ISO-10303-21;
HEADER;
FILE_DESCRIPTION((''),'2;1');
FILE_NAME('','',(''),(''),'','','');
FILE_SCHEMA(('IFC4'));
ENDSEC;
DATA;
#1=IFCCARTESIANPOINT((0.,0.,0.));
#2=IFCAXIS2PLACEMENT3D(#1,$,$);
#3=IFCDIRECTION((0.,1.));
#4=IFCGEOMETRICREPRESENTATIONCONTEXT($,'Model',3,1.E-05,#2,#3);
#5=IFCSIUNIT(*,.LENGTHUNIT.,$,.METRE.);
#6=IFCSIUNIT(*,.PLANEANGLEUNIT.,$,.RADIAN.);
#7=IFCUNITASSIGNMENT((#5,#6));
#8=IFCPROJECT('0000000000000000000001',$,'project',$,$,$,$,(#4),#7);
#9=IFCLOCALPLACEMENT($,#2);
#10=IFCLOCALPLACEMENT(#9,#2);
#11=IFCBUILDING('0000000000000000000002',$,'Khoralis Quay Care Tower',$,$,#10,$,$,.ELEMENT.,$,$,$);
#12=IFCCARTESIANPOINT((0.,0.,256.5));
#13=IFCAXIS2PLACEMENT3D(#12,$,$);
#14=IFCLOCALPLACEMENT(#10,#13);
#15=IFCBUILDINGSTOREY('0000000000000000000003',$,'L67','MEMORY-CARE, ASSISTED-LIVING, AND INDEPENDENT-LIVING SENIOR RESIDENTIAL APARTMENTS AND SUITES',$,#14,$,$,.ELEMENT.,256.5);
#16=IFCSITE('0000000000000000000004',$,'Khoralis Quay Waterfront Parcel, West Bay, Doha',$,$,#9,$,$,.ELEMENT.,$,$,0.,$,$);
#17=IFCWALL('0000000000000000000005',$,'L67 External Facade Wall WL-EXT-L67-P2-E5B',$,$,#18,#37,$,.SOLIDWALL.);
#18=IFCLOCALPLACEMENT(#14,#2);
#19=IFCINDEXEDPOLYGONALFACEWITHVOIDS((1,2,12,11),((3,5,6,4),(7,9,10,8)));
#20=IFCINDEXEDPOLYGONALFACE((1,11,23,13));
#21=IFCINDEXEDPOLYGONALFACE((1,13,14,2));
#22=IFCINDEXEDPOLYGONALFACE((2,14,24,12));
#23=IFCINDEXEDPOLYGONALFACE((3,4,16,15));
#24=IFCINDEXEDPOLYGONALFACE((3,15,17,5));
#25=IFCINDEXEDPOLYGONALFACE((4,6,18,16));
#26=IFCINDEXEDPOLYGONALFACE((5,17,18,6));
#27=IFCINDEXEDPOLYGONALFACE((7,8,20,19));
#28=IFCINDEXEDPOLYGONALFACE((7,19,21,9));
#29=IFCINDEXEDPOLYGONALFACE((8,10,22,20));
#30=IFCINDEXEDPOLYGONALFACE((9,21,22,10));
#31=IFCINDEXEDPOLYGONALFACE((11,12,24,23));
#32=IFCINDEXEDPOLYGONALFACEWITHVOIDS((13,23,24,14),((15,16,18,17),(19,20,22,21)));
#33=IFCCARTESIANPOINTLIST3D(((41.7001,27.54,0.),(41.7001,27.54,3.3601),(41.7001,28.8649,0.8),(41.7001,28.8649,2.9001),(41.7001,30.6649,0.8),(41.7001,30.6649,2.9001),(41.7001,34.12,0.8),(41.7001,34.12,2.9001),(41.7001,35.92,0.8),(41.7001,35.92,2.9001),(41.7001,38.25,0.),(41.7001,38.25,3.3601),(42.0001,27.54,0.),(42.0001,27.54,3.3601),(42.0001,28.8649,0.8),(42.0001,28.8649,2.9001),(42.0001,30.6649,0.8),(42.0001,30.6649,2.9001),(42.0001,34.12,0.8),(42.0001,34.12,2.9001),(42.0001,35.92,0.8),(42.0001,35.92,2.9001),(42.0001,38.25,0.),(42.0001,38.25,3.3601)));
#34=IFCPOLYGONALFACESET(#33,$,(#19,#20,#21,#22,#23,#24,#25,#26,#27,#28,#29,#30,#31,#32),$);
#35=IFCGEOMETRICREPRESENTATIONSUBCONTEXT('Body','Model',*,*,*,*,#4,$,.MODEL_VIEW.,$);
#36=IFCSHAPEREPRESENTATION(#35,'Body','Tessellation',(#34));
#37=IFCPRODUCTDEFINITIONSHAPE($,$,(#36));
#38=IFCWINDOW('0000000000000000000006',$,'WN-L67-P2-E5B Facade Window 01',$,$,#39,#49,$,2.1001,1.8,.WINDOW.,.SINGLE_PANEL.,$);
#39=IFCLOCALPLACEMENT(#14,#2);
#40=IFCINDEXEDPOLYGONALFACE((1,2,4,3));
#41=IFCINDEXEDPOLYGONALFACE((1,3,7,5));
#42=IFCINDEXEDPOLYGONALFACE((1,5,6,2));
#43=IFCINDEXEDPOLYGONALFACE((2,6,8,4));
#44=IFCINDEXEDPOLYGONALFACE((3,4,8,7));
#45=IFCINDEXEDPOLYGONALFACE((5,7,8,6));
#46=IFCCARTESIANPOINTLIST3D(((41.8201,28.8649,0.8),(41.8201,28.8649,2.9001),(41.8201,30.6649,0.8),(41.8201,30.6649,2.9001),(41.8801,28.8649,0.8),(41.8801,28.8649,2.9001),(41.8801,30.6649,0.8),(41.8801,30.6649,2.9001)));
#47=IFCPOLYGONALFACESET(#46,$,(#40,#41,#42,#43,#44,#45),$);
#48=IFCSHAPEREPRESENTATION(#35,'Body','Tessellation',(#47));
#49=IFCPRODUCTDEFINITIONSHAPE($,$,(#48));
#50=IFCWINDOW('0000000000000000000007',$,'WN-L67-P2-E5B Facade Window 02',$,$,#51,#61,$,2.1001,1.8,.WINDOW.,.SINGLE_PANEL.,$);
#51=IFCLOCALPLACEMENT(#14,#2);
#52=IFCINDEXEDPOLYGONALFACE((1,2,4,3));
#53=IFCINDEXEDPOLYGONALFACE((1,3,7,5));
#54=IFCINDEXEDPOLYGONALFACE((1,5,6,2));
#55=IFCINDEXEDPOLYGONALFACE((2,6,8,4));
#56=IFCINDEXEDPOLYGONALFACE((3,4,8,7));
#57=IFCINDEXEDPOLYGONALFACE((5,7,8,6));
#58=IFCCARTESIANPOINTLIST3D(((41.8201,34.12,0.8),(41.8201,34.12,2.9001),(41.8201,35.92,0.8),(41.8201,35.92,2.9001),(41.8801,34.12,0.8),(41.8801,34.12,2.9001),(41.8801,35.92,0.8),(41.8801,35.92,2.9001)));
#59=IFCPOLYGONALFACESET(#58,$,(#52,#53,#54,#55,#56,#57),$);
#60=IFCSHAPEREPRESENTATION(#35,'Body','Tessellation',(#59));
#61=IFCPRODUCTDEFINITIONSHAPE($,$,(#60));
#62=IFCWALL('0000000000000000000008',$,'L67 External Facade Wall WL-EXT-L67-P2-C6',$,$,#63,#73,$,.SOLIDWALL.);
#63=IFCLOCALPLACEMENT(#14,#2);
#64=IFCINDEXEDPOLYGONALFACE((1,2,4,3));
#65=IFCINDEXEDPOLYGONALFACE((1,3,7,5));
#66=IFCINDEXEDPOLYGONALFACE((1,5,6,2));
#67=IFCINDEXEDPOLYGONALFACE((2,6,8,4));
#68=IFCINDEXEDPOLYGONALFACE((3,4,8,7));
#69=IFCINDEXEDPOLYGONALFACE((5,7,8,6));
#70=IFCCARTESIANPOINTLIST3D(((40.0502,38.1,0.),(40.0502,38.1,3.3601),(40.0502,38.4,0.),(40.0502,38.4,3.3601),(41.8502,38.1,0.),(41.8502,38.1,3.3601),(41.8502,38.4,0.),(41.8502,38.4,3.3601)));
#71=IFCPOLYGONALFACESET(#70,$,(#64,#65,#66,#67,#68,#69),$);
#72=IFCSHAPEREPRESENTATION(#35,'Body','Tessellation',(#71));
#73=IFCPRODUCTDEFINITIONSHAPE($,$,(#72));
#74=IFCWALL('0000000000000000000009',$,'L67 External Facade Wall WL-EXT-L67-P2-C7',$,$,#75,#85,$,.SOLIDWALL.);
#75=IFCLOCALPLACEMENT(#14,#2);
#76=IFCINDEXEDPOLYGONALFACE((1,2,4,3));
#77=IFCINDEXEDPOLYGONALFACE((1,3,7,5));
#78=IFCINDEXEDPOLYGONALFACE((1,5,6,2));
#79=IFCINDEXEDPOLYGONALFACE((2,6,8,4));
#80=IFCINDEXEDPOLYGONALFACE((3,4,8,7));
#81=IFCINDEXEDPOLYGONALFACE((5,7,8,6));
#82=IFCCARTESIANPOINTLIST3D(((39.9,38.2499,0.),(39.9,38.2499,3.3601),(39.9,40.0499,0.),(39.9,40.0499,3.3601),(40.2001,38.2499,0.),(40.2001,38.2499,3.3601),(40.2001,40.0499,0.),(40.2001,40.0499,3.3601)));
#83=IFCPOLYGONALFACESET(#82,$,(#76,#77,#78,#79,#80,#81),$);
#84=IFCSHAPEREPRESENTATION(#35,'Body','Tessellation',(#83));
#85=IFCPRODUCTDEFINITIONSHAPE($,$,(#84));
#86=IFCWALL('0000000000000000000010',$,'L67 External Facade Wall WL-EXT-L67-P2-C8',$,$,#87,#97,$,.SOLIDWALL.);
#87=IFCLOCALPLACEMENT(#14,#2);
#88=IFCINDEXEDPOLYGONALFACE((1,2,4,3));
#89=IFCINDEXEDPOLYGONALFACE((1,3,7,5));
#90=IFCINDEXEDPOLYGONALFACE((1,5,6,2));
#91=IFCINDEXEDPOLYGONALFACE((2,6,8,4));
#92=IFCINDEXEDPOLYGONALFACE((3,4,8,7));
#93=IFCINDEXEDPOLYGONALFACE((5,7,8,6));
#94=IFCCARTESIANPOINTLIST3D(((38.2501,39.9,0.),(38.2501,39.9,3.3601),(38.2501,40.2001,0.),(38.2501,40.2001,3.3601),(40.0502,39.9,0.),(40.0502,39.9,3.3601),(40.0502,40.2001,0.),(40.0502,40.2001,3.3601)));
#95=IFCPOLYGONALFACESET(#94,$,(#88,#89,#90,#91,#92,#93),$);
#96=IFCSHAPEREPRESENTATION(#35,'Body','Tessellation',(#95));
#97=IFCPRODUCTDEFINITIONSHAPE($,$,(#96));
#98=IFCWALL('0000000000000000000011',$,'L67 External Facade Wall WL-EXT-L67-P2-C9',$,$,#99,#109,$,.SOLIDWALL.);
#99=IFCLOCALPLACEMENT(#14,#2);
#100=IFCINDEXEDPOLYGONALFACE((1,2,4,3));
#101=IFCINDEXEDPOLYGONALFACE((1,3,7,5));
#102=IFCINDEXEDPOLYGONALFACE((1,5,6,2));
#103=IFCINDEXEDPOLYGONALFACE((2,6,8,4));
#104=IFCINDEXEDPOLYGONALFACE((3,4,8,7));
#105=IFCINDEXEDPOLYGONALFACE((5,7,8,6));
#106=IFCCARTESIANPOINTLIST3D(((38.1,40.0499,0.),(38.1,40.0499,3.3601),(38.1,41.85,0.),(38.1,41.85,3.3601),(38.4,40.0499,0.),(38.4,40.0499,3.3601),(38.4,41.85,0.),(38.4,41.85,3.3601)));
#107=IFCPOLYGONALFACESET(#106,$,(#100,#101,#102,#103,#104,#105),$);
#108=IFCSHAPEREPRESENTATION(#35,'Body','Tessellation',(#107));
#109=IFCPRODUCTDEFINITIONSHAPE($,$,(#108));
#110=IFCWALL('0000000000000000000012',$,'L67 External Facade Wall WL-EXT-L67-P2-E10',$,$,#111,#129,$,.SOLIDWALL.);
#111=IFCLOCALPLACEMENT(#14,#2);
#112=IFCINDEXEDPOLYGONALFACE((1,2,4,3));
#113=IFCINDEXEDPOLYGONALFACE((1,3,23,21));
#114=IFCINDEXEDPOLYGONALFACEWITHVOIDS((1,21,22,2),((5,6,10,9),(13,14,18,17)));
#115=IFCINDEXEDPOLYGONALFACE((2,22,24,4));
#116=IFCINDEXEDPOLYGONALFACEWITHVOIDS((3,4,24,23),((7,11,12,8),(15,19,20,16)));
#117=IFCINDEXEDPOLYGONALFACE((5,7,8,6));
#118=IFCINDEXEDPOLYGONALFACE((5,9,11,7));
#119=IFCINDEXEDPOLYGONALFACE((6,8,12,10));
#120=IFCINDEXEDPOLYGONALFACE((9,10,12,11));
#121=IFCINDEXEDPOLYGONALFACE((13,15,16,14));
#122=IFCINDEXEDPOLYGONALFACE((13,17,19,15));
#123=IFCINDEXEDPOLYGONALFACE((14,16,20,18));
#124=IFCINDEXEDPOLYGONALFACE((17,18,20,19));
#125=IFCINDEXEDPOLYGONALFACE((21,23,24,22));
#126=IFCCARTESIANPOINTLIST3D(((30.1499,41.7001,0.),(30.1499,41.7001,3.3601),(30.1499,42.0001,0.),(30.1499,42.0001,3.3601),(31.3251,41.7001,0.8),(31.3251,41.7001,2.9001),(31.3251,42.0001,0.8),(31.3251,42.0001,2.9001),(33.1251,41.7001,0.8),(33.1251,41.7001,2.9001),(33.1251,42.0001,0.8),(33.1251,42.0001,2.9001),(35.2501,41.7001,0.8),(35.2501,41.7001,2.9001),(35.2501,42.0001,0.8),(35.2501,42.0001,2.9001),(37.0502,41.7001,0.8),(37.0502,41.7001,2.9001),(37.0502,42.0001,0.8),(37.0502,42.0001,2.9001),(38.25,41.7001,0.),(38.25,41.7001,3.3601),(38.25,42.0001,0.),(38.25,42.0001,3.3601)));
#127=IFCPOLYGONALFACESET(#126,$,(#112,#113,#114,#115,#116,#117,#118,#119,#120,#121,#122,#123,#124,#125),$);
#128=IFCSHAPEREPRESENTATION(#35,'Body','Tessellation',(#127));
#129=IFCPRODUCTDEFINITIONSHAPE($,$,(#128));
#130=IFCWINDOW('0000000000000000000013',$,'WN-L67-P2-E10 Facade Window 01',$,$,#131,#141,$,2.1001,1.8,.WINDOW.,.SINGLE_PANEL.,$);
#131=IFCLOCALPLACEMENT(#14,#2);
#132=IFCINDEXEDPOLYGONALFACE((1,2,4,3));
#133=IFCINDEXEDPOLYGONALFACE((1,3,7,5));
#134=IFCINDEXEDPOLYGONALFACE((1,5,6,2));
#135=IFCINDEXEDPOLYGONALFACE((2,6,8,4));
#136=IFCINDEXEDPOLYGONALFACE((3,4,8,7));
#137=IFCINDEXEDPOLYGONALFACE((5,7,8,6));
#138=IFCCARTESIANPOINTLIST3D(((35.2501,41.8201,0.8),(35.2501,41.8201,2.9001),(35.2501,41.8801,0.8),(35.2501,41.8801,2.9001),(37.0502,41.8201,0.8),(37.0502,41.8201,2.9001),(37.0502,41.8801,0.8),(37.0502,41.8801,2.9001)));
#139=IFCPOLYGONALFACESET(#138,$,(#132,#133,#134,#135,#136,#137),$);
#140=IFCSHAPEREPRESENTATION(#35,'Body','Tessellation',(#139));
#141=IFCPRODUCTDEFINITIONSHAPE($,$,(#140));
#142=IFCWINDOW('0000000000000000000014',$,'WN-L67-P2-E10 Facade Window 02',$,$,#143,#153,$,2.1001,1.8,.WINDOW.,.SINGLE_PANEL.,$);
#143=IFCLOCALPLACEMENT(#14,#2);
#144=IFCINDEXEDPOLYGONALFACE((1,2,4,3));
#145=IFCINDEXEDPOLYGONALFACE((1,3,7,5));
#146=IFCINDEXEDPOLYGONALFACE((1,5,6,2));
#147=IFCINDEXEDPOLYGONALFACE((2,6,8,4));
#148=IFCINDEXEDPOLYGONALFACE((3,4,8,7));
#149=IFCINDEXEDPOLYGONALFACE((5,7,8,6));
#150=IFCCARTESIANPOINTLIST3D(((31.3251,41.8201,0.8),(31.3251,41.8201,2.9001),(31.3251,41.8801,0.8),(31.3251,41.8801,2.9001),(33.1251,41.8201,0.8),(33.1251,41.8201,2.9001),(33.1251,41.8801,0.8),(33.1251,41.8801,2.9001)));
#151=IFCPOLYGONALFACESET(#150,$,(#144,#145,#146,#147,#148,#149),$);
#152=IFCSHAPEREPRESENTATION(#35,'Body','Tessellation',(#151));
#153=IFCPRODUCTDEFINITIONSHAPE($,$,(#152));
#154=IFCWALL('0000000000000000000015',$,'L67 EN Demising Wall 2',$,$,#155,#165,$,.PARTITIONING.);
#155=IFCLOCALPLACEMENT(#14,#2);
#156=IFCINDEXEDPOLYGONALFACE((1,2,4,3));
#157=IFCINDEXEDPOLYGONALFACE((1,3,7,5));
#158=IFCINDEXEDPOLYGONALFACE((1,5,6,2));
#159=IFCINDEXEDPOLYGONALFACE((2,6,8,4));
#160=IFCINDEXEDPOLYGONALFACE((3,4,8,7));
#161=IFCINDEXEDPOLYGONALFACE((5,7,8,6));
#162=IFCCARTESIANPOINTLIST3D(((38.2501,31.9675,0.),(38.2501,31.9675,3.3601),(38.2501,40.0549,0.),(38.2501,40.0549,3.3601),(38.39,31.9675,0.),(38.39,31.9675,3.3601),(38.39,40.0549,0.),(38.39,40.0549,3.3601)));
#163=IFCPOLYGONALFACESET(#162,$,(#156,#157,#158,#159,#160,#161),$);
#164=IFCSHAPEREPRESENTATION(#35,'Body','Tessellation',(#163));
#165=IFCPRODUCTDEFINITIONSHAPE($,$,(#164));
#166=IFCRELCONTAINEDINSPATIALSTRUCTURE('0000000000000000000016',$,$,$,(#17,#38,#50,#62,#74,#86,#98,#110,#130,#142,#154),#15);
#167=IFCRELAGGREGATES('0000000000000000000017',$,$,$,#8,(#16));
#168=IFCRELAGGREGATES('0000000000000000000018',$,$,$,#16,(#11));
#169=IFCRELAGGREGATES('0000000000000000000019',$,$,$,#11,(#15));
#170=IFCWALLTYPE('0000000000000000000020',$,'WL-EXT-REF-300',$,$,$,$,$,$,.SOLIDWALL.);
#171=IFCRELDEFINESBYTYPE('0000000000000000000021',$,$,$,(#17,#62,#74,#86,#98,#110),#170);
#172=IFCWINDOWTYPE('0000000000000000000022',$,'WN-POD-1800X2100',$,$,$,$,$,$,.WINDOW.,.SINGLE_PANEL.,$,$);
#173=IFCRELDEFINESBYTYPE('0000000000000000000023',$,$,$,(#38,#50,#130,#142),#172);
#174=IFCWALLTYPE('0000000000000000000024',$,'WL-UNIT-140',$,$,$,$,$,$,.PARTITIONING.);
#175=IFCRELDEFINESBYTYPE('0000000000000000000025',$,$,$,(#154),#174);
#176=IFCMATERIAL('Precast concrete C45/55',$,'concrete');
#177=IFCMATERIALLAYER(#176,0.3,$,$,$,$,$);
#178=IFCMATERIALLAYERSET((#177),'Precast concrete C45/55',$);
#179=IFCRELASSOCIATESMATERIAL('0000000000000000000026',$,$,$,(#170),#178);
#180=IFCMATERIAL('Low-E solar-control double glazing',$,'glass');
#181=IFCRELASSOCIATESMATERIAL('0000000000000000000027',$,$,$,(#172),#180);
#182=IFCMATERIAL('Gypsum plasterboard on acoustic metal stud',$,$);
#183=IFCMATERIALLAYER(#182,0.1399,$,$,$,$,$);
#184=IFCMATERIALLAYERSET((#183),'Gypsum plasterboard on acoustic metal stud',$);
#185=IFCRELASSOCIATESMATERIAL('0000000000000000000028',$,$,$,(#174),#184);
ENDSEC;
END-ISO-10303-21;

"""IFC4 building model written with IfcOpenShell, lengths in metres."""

from ifc_helpers import new_model, si_unit, direction, frame, frame_2d, origin, place, context, subcontext, project, spatial, rectangle, extrude, source, transform, mapped, material, layer, layer_set, type_object, element, fill, save


model = new_model("IFC4")

# Units and contexts
model_context = context("Model", 3, precision=1e-05, world=origin(), true_north=direction((0.0, 1.0)))
body_context = subcontext(model_context, "Body", "Model", "MODEL_VIEW")
ifc_project = project(units=[si_unit("LENGTHUNIT", "METRE"), si_unit("PLANEANGLEUNIT", "RADIAN")], contexts=[model_context])

# Site, building, storey
site_placement = place(None, origin())
site = spatial("IfcSite", under=ifc_project, at=site_placement, Name="Khoralis Quay Waterfront Parcel, West Bay, Doha", CompositionType="ELEMENT", RefElevation=0.0)
building_placement = place(site_placement, origin())
building = spatial("IfcBuilding", under=site, at=building_placement, Name="Khoralis Quay Care Tower", CompositionType="ELEMENT")
storey_placement = place(building_placement, frame((0.0, 0.0, 256.5)))
storey = spatial("IfcBuildingStorey", under=building, at=storey_placement, Name="L67", Description="MEMORY-CARE, ASSISTED-LIVING, AND INDEPENDENT-LIVING SENIOR RESIDENTIAL APARTMENTS AND SUITES", CompositionType="ELEMENT", Elevation=256.5)

# Shared definitions
ifc_material_1 = material(Name="Gypsum plasterboard on acoustic metal stud")

# Wall, openings, windows
ifc_material_2 = material(Name="Precast concrete C45/55", Category="concrete")
ifc_layer_1 = layer(ifc_material_2, 0.3)
ifc_layer_set_1 = layer_set([ifc_layer_1], Name="Precast concrete C45/55")
wall_type_1 = type_object("IfcWallType", Name="WL-EXT-REF-300", PredefinedType="SOLIDWALL", material=ifc_layer_set_1)
wall_1_placement = place(storey_placement, frame((41.8501, 27.54, 0.0), z_axis=(0.0, 0.0, 1.0), x_axis=(0.0, 1.0, 0.0)))
wall_1 = element("IfcWall", 1, at=wall_1_placement, inside=storey, type_object=wall_type_1, Name="L67 External Facade Wall WL-EXT-L67-P2-E5B", PredefinedType="SOLIDWALL", context=body_context, shape_type="SweptSolid", body=[
    extrude(rectangle(XDim=10.71, YDim=0.3, at=frame_2d((5.355, 0.0))), origin(), (0.0, 0.0, 1.0), 3.3601),
])
opening_1_placement = place(wall_1_placement, frame((1.325, 0.0, 0.8)))
opening_1 = element("IfcOpeningElement", 2, at=opening_1_placement, cuts=wall_1, PredefinedType="OPENING", context=body_context, shape_type="SweptSolid", body=[
    extrude(rectangle(XDim=1.8, YDim=2.1001, at=frame_2d((0.8999, 1.05))), frame((0.0, 0.1602, 0.0), z_axis=(0.0, -1.0, 0.0), x_axis=(1.0, 0.0, 0.0)), (0.0, 0.0, 1.0), 0.3201),
])
opening_2_placement = place(wall_1_placement, frame((6.5801, 0.0, 0.8)))
opening_2 = element("IfcOpeningElement", 3, at=opening_2_placement, cuts=wall_1, PredefinedType="OPENING", context=body_context, shape_type="SweptSolid", body=[
    extrude(rectangle(XDim=1.8, YDim=2.1001, at=frame_2d((0.8999, 1.05))), frame((0.0, 0.1602, 0.0), z_axis=(0.0, -1.0, 0.0), x_axis=(1.0, 0.0, 0.0)), (0.0, 0.0, 1.0), 0.3201),
])
ifc_material_3 = material(Name="Low-E solar-control double glazing", Category="glass")
window_type = type_object("IfcWindowType", Name="WN-POD-1800X2100", PartitioningType="SINGLE_PANEL", PredefinedType="WINDOW", material=ifc_material_3)
shared_shape_1 = source(origin(), body_context, "Body", "SweptSolid", [
    extrude(rectangle(XDim=1.8, YDim=2.1001, at=frame_2d((0.8999, 1.05))), frame((0.0, 0.03, 0.0), z_axis=(0.0, -1.0, 0.0), x_axis=(1.0, 0.0, 0.0)), (0.0, 0.0, 1.0), 0.0601),
])
window_1_placement = place(opening_1_placement, origin())
window_1 = element("IfcWindow", 4, at=window_1_placement, inside=storey, type_object=window_type, Name="WN-L67-P2-E5B Facade Window 01", OverallHeight=2.1001, OverallWidth=1.8, PartitioningType="SINGLE_PANEL", PredefinedType="WINDOW", context=body_context, shape_type="MappedRepresentation", body=[
    mapped(shared_shape_1, transform((0.0, 0.0, 0.0), scale=1.0)),
])
fill(opening_1, window_1)
window_2_placement = place(opening_2_placement, origin())
window_2 = element("IfcWindow", 5, at=window_2_placement, inside=storey, type_object=window_type, Name="WN-L67-P2-E5B Facade Window 02", OverallHeight=2.1001, OverallWidth=1.8, PartitioningType="SINGLE_PANEL", PredefinedType="WINDOW", context=body_context, shape_type="MappedRepresentation", body=[
    mapped(shared_shape_1, transform((0.0, 0.0, 0.0), scale=1.0)),
])
fill(opening_2, window_2)

# Walls
for number, where, z_axis, x_axis, name in (
    (6, (41.8501, 38.25, 0.0), (0.0, 0.0, 1.0), (-1.0, 0.0, 0.0), "L67 External Facade Wall WL-EXT-L67-P2-C6"),
    (7, (40.05, 38.25, 0.0), (0.0, 0.0, 1.0), (0.0, 1.0, 0.0), "L67 External Facade Wall WL-EXT-L67-P2-C7"),
    (8, (40.05, 40.05, 0.0), (0.0, 0.0, 1.0), (-1.0, 0.0, 0.0), "L67 External Facade Wall WL-EXT-L67-P2-C8"),
    (9, (38.25, 40.05, 0.0), (0.0, 0.0, 1.0), (0.0, 1.0, 0.0), "L67 External Facade Wall WL-EXT-L67-P2-C9"),
):
    element("IfcWall", number, at=place(storey_placement, frame(where, z_axis=z_axis, x_axis=x_axis)), inside=storey, type_object=wall_type_1, Name=name, PredefinedType="SOLIDWALL", context=body_context, shape_type="SweptSolid", body=[
        extrude(rectangle(XDim=1.8, YDim=0.3, at=frame_2d((0.8999, 0.0))), origin(), (0.0, 0.0, 1.0), 3.3601),
    ])

# Wall, openings, windows
wall_2_placement = place(storey_placement, frame((38.25, 41.8501, 0.0), z_axis=(0.0, 0.0, 1.0), x_axis=(-1.0, 0.0, 0.0)))
wall_2 = element("IfcWall", 10, at=wall_2_placement, inside=storey, type_object=wall_type_1, Name="L67 External Facade Wall WL-EXT-L67-P2-E10", PredefinedType="SOLIDWALL", context=body_context, shape_type="SweptSolid", body=[
    extrude(rectangle(XDim=8.1001, YDim=0.3, at=frame_2d((4.05, 0.0))), origin(), (0.0, 0.0, 1.0), 3.3601),
])
opening_3_placement = place(wall_2_placement, frame((1.2, 0.0, 0.8)))
opening_3 = element("IfcOpeningElement", 11, at=opening_3_placement, cuts=wall_2, PredefinedType="OPENING", context=body_context, shape_type="SweptSolid", body=[
    extrude(rectangle(XDim=1.8, YDim=2.1001, at=frame_2d((0.8999, 1.05))), frame((0.0, 0.1602, 0.0), z_axis=(0.0, -1.0, 0.0), x_axis=(1.0, 0.0, 0.0)), (0.0, 0.0, 1.0), 0.3201),
])
opening_4_placement = place(wall_2_placement, frame((5.125, 0.0, 0.8)))
opening_4 = element("IfcOpeningElement", 12, at=opening_4_placement, cuts=wall_2, PredefinedType="OPENING", context=body_context, shape_type="SweptSolid", body=[
    extrude(rectangle(XDim=1.8, YDim=2.1001, at=frame_2d((0.8999, 1.05))), frame((0.0, 0.1602, 0.0), z_axis=(0.0, -1.0, 0.0), x_axis=(1.0, 0.0, 0.0)), (0.0, 0.0, 1.0), 0.3201),
])
window_3_placement = place(opening_3_placement, origin())
window_3 = element("IfcWindow", 13, at=window_3_placement, inside=storey, type_object=window_type, Name="WN-L67-P2-E10 Facade Window 01", OverallHeight=2.1001, OverallWidth=1.8, PartitioningType="SINGLE_PANEL", PredefinedType="WINDOW", context=body_context, shape_type="MappedRepresentation", body=[
    mapped(shared_shape_1, transform((0.0, 0.0, 0.0), scale=1.0)),
])
fill(opening_3, window_3)
window_4_placement = place(opening_4_placement, origin())
window_4 = element("IfcWindow", 14, at=window_4_placement, inside=storey, type_object=window_type, Name="WN-L67-P2-E10 Facade Window 02", OverallHeight=2.1001, OverallWidth=1.8, PartitioningType="SINGLE_PANEL", PredefinedType="WINDOW", context=body_context, shape_type="MappedRepresentation", body=[
    mapped(shared_shape_1, transform((0.0, 0.0, 0.0), scale=1.0)),
])
fill(opening_4, window_4)

# Wall
ifc_layer_2 = layer(ifc_material_1, 0.1399)
ifc_layer_set_2 = layer_set([ifc_layer_2], Name="Gypsum plasterboard on acoustic metal stud")
wall_type_2 = type_object("IfcWallType", Name="WL-UNIT-140", PredefinedType="PARTITIONING", material=ifc_layer_set_2)
wall_3_placement = place(storey_placement, frame((38.3201, 31.9675, 0.0), z_axis=(0.0, 0.0, 1.0), x_axis=(0.0, 1.0, 0.0)))
element("IfcWall", 15, at=wall_3_placement, inside=storey, type_object=wall_type_2, Name="L67 EN Demising Wall 2", PredefinedType="PARTITIONING", context=body_context, shape_type="SweptSolid", body=[
    extrude(rectangle(XDim=8.0874, YDim=0.1399, at=frame_2d((4.0437, 0.0))), origin(), (0.0, 0.0, 1.0), 3.3601),
])

save(model, "model.ifc")
